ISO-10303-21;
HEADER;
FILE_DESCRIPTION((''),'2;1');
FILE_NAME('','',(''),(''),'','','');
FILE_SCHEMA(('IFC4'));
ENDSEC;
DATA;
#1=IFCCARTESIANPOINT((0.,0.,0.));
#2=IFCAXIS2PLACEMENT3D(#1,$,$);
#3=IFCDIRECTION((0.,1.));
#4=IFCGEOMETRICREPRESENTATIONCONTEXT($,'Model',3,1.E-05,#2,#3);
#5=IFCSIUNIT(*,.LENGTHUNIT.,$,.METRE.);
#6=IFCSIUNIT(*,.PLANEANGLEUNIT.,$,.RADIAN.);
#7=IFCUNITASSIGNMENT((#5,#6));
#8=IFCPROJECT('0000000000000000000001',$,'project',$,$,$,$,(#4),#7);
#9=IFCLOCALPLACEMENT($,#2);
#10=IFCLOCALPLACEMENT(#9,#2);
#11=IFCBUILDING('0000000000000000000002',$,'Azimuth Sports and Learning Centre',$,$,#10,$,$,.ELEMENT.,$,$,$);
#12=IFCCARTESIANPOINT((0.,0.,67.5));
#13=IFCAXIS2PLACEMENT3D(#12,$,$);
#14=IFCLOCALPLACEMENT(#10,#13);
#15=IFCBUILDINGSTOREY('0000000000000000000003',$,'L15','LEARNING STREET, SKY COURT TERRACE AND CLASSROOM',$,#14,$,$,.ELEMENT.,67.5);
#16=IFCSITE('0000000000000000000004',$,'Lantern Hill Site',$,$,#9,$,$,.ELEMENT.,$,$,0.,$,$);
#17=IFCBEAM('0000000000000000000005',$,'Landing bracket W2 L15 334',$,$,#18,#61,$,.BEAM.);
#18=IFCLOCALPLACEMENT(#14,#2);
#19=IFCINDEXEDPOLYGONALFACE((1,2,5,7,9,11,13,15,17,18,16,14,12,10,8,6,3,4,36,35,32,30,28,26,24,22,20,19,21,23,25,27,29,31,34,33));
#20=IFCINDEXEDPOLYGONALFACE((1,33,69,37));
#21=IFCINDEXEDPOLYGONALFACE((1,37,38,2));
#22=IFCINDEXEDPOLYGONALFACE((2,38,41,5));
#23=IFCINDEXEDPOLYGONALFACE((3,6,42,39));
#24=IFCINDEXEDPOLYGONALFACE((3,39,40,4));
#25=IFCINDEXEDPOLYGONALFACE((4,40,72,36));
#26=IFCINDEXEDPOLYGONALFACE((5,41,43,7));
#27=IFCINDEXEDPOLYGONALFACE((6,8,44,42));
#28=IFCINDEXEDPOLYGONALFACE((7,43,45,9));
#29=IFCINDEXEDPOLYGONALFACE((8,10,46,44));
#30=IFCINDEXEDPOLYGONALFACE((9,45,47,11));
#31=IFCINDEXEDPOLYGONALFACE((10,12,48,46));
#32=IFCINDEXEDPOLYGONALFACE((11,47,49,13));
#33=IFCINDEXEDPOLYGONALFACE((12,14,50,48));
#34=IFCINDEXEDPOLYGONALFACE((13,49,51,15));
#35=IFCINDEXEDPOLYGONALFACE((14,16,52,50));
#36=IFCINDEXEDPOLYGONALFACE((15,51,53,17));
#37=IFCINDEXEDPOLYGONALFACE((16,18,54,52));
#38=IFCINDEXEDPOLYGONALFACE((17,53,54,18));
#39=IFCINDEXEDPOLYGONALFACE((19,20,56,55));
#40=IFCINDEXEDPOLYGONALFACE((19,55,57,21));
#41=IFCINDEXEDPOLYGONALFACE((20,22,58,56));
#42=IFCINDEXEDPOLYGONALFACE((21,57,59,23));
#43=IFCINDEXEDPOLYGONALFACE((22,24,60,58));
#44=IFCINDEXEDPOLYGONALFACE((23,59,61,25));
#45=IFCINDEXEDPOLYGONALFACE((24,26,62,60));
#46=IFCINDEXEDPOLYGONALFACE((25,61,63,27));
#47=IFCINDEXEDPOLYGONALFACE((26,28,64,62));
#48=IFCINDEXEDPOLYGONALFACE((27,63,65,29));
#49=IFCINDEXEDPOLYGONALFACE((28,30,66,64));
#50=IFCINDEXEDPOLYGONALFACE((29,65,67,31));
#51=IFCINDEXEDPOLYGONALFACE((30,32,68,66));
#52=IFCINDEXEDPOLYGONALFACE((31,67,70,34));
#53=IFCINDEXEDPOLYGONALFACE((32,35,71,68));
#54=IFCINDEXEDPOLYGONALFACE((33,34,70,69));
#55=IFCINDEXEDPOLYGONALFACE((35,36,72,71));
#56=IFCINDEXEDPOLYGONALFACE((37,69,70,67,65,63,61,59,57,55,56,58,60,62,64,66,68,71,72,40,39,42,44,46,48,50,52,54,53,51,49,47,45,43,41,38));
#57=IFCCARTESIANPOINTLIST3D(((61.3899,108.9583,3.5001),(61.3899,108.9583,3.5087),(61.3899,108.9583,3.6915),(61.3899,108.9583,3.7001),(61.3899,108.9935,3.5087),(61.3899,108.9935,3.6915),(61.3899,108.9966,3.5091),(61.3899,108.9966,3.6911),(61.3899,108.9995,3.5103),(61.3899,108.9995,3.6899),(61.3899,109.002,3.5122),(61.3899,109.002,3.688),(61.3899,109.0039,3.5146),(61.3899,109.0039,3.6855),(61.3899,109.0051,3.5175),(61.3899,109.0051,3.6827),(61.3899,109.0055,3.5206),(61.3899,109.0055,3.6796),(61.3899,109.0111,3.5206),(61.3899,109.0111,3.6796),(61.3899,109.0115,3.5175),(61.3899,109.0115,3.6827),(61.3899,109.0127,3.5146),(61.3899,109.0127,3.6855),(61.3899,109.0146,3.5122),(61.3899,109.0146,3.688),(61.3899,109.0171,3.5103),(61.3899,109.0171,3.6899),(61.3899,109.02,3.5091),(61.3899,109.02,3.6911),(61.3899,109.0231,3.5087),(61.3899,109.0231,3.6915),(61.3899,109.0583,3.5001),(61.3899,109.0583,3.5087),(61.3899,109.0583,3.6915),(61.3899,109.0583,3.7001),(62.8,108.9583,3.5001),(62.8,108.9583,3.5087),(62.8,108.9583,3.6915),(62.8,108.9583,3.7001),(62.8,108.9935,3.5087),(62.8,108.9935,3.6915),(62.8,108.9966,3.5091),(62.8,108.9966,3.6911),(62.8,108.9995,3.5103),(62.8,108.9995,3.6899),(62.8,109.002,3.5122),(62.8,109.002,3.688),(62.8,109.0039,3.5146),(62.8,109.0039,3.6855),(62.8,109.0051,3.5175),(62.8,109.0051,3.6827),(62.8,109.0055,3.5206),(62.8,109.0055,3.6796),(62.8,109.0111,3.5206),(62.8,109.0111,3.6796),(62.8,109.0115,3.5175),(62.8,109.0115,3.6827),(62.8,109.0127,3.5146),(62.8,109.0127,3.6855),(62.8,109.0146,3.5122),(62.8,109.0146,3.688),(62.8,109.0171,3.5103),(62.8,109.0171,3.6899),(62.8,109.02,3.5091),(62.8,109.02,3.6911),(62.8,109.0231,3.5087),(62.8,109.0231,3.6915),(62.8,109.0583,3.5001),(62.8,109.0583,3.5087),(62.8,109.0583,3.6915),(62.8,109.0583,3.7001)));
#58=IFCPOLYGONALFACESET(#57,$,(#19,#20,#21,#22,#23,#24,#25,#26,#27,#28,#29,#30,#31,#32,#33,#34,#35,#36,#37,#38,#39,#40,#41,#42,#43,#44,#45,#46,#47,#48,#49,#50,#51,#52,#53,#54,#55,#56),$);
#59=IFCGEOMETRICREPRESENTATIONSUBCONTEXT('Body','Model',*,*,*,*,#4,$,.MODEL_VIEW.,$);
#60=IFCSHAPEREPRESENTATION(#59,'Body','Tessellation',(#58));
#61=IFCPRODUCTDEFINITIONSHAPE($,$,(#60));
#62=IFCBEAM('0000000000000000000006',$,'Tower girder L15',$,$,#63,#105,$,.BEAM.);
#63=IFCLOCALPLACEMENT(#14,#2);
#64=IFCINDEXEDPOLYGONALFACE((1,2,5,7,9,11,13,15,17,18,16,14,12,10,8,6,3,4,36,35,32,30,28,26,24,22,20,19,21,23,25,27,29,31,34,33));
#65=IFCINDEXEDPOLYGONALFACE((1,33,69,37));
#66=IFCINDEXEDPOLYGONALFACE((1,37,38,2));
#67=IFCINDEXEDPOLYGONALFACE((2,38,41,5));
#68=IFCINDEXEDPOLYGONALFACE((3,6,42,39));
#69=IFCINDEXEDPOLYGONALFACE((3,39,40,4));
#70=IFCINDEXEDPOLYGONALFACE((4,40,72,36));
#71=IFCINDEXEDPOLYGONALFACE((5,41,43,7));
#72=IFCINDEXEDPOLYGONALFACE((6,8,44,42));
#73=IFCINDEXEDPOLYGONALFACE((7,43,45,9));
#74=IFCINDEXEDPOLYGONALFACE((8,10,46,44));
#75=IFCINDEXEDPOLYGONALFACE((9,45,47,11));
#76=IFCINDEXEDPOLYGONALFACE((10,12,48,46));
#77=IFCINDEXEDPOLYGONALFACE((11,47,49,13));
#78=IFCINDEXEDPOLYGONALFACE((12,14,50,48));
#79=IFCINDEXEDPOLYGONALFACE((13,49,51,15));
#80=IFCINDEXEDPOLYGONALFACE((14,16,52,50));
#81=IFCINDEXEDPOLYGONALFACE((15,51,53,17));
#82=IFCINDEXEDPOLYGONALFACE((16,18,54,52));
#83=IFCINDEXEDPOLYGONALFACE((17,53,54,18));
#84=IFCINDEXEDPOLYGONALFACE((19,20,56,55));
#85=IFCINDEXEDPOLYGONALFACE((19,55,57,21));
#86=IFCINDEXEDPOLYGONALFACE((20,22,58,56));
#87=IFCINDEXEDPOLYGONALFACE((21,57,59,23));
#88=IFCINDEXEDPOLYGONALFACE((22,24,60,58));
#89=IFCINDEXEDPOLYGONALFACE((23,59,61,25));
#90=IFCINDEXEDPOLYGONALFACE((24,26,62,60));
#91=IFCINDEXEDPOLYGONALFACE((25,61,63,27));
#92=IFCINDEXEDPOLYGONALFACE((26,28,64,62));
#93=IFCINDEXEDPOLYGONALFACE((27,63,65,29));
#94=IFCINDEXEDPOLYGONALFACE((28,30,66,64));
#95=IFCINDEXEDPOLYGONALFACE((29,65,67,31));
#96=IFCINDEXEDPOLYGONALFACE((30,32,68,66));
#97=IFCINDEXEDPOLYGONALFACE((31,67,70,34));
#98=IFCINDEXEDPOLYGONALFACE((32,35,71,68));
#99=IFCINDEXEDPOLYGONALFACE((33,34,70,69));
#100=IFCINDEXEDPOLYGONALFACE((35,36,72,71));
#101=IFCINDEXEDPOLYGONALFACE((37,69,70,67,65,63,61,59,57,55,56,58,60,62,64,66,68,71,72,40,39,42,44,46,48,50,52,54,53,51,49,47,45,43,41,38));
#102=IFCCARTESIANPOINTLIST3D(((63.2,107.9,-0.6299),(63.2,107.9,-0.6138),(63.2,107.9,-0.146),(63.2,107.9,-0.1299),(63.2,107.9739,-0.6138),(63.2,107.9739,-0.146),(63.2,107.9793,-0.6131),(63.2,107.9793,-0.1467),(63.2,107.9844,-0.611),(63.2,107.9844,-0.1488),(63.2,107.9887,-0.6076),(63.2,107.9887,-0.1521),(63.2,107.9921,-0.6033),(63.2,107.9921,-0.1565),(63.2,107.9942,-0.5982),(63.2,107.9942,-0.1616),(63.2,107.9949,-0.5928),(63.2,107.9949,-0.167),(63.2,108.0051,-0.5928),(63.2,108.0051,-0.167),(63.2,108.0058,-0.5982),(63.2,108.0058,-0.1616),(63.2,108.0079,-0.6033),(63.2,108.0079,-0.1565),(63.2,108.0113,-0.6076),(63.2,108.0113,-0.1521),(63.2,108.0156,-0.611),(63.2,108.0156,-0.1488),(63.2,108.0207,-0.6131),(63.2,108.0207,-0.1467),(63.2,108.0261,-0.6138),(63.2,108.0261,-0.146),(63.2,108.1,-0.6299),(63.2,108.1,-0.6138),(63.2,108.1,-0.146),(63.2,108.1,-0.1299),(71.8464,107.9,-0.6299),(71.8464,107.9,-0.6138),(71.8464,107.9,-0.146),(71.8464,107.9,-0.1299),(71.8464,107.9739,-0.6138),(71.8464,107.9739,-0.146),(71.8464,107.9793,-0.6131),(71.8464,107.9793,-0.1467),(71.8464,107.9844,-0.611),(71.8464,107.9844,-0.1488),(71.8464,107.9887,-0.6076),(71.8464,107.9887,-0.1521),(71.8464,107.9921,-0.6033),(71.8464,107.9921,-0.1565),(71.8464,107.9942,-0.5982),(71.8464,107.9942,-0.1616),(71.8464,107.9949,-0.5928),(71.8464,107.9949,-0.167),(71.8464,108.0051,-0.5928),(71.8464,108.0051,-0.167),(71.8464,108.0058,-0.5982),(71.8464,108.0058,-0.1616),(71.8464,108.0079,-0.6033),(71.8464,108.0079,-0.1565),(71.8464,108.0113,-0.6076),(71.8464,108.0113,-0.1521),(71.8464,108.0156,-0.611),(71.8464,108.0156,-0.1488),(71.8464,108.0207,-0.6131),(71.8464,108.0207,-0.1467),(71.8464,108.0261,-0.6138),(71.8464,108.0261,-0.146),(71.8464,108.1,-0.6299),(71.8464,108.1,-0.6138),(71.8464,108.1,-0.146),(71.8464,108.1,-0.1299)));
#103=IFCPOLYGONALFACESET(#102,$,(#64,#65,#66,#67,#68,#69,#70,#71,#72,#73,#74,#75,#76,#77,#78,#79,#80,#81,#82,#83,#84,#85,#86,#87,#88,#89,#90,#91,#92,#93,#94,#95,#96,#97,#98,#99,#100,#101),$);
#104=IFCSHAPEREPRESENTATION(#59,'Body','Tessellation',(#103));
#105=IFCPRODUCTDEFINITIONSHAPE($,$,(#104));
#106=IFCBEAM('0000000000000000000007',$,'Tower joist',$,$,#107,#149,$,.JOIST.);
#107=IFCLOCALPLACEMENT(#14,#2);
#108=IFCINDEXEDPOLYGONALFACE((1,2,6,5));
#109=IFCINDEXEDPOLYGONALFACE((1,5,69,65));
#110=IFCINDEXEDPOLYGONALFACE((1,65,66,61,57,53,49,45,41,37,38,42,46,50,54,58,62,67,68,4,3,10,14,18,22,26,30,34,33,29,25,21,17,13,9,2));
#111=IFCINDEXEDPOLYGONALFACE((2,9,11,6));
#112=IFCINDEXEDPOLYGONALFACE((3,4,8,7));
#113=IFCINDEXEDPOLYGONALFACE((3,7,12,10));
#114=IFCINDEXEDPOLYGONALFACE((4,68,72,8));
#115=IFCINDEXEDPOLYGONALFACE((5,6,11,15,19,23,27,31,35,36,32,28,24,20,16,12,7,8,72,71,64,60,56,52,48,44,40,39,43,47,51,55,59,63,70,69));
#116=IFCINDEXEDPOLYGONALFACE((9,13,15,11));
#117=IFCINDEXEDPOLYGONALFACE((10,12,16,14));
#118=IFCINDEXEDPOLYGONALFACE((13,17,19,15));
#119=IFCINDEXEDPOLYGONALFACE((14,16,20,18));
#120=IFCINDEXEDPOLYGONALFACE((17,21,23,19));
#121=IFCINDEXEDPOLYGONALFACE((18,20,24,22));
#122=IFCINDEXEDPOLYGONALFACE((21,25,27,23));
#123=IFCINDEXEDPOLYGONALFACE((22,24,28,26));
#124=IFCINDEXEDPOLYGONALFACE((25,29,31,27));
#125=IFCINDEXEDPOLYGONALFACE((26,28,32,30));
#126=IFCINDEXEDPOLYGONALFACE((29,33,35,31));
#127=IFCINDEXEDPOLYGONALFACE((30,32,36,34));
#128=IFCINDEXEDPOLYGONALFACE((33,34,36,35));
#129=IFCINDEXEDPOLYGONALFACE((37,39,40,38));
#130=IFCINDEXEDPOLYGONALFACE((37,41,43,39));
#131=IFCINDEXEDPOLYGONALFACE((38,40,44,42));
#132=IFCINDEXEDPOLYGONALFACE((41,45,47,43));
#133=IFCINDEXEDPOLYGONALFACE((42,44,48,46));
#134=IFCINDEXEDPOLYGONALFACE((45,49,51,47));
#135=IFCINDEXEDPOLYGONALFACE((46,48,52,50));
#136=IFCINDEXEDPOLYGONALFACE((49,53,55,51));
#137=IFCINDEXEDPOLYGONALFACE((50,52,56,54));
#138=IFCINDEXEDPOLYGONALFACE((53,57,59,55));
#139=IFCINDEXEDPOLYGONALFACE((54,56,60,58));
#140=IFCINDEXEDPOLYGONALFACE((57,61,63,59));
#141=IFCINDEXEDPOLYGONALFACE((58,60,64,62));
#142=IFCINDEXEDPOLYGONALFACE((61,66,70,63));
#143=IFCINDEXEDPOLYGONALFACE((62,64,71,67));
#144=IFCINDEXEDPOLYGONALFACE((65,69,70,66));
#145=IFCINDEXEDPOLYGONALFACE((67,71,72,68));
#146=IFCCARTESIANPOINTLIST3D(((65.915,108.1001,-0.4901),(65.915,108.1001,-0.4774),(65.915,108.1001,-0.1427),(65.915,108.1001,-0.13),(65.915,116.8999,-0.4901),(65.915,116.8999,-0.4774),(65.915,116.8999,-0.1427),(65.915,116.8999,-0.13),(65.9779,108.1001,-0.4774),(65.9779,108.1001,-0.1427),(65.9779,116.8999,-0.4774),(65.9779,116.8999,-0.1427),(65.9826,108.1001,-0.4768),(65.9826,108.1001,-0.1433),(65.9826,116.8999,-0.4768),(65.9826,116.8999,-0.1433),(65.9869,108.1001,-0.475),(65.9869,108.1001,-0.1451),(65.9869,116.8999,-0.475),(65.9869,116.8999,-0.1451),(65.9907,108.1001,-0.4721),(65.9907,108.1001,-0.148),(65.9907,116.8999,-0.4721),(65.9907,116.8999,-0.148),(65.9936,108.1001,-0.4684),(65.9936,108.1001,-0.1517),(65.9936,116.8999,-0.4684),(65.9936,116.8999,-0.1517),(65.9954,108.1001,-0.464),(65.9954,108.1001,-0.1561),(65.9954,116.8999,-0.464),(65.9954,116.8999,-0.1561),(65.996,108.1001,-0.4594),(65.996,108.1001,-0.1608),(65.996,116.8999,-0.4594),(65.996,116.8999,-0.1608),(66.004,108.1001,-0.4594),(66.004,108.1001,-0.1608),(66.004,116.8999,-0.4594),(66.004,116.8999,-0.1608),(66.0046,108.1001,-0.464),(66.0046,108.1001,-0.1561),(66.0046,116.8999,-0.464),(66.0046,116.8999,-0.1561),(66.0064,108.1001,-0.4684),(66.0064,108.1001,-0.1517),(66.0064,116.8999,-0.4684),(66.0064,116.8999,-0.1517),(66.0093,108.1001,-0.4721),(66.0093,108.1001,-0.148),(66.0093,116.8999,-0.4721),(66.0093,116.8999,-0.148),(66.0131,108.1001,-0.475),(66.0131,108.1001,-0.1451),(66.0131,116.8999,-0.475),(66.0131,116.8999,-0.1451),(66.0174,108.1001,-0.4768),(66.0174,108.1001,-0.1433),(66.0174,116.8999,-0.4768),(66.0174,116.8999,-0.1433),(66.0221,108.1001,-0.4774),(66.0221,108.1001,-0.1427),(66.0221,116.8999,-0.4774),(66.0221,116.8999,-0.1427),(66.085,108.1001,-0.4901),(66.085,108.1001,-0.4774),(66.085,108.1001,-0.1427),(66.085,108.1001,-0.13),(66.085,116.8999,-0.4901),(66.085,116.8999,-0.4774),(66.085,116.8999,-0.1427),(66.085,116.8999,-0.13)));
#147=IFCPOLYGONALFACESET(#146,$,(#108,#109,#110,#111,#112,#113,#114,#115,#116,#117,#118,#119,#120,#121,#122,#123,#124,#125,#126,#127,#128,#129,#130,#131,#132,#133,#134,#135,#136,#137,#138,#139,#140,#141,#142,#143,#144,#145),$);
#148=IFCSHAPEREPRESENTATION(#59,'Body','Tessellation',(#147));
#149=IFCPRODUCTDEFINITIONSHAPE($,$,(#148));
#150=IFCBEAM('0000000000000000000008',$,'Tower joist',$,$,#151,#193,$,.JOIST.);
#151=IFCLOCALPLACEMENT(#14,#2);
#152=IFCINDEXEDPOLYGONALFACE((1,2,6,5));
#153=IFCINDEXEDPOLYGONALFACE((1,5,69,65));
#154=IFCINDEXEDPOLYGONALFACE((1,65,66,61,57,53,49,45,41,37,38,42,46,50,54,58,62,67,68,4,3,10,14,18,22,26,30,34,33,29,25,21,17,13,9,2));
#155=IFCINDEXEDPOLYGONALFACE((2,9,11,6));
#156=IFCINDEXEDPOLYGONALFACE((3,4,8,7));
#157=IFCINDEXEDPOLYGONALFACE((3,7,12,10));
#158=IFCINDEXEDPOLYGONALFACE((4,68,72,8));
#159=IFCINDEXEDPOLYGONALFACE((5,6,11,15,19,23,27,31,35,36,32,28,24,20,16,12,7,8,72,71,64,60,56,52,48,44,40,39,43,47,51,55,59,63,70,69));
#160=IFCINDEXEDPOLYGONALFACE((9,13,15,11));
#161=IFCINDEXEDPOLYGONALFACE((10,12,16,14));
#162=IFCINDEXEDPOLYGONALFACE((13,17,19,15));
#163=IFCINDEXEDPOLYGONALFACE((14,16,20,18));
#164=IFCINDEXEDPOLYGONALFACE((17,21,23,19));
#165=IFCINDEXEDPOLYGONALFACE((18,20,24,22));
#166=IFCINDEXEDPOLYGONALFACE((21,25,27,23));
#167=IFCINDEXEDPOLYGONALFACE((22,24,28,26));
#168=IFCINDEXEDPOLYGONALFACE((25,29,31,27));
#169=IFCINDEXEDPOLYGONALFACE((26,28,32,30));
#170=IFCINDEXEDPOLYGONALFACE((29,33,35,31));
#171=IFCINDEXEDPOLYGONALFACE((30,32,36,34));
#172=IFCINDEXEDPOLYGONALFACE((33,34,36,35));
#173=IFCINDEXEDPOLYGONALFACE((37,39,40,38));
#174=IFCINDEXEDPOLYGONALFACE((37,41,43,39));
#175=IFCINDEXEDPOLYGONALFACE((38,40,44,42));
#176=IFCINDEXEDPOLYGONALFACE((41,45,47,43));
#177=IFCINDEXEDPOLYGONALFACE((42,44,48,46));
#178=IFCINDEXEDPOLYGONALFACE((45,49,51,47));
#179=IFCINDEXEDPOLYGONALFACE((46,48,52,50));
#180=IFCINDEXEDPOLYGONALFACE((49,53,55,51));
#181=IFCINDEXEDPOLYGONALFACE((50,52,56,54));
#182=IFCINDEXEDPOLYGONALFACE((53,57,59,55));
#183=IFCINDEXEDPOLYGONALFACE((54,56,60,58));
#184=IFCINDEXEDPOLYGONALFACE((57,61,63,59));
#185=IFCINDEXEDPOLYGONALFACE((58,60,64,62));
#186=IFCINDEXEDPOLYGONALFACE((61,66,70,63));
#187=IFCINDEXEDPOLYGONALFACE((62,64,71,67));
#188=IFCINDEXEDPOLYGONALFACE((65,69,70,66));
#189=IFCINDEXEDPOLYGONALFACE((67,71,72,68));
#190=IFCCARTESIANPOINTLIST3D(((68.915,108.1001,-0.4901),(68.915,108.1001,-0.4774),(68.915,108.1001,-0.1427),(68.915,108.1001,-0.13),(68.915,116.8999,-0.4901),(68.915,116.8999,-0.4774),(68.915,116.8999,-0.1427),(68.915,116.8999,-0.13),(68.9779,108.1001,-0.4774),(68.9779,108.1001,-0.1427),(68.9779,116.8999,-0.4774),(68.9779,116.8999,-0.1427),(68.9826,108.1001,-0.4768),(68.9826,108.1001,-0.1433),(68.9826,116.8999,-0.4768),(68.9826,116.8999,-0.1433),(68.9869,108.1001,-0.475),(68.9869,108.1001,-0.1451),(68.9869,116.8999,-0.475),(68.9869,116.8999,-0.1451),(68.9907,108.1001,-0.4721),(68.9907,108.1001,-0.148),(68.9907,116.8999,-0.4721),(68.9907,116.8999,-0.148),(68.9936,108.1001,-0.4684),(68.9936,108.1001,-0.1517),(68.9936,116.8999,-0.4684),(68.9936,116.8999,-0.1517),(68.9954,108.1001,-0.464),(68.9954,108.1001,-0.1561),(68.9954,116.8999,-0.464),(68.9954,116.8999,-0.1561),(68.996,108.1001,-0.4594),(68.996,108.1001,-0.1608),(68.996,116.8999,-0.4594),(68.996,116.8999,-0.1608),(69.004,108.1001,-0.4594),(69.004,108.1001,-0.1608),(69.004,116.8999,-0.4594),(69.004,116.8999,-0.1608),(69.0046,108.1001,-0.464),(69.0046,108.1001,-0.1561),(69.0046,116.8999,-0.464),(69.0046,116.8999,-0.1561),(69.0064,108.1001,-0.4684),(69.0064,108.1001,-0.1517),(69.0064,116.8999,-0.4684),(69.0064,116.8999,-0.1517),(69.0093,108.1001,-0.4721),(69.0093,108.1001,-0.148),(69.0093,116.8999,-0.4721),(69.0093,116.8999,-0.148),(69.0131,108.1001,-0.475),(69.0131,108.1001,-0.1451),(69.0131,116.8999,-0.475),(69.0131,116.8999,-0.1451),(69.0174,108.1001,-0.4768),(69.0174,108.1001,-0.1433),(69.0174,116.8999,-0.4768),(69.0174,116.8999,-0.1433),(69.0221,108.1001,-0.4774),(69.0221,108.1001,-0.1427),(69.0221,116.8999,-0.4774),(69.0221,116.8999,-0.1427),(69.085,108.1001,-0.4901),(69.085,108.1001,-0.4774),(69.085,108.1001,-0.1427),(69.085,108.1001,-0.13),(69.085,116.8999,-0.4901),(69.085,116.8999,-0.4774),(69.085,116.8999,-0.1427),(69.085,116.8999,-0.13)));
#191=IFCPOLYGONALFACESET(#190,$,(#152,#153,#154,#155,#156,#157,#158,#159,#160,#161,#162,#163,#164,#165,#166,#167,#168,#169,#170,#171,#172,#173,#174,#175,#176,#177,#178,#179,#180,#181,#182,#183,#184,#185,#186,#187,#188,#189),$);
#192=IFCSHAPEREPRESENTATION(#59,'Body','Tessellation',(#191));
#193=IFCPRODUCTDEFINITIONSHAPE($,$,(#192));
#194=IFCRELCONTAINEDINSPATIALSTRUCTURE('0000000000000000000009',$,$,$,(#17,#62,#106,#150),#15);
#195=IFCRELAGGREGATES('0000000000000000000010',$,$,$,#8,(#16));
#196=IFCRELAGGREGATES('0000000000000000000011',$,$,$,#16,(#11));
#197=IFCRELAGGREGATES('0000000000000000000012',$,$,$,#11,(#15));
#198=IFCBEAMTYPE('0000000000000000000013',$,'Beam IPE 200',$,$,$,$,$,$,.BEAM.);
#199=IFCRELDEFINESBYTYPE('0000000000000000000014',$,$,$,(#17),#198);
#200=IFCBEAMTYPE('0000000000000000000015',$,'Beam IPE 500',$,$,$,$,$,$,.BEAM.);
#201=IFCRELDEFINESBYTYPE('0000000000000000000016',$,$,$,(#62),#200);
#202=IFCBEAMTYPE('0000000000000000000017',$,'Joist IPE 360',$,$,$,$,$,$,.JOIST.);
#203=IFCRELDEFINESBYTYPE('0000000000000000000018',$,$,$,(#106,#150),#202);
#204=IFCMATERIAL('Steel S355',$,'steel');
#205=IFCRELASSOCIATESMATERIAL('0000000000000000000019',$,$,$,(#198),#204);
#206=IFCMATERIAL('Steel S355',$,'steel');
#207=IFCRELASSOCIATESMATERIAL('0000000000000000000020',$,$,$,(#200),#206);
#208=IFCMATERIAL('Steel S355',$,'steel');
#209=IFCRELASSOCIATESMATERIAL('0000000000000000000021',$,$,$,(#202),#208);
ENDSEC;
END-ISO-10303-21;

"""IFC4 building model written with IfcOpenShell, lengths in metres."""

from ifc_helpers import new_model, si_unit, direction, frame, origin, origin_2d, place, context, subcontext, project, spatial, i_section, extrude, material, material_profile, profile_set, type_object, element, save


model = new_model("IFC4")

# Units and contexts
model_context = context("Model", 3, precision=1e-05, world=origin(), true_north=direction((0.0, 1.0)))
body_context = subcontext(model_context, "Body", "Model", "MODEL_VIEW")
ifc_project = project(units=[si_unit("LENGTHUNIT", "METRE"), si_unit("PLANEANGLEUNIT", "RADIAN")], contexts=[model_context])

# Site, building, storey
site_placement = place(None, origin())
site = spatial("IfcSite", under=ifc_project, at=site_placement, Name="Lantern Hill Site", CompositionType="ELEMENT", RefElevation=0.0)
building_placement = place(site_placement, origin())
building = spatial("IfcBuilding", under=site, at=building_placement, Name="Azimuth Sports and Learning Centre", CompositionType="ELEMENT")
storey_placement = place(building_placement, frame((0.0, 0.0, 67.5)))
storey = spatial("IfcBuildingStorey", under=building, at=storey_placement, Name="L15", Description="LEARNING STREET, SKY COURT TERRACE AND CLASSROOM", CompositionType="ELEMENT", Elevation=67.5)

# Beams
ifc_material_1 = material(Name="Steel S355", Category="steel")
ifc_material_profile_1 = material_profile(ifc_material_1, i_section(OverallWidth=0.1001, OverallDepth=0.2, WebThickness=0.0056, FlangeThickness=0.0085, FilletRadius=0.012, at=origin_2d()), Name="IPE 200")
ifc_profile_set_1 = profile_set([ifc_material_profile_1], Name="Steel S355")
beam_type_1 = type_object("IfcBeamType", Name="Beam IPE 200", PredefinedType="BEAM", material=ifc_profile_set_1)
beam_1_placement = place(storey_placement, frame((62.8, 109.0083, 3.6001), z_axis=(-1.0, 0.0, 0.0), x_axis=(0.0, -1.0, 0.0)))
element("IfcBeam", 1, at=beam_1_placement, inside=storey, type_object=beam_type_1, Name="Landing bracket W2 L15 334", PredefinedType="BEAM", context=body_context, shape_type="SweptSolid", body=[
    extrude(i_section(OverallWidth=0.1001, OverallDepth=0.2, WebThickness=0.0056, FlangeThickness=0.0085, FilletRadius=0.012, at=origin_2d()), origin(), (0.0, 0.0, 1.0), 1.4102),
])
ifc_material_2 = material(Name="Steel S355", Category="steel")
ifc_material_profile_2 = material_profile(ifc_material_2, i_section(OverallWidth=0.2, OverallDepth=0.5, WebThickness=0.0103, FlangeThickness=0.0161, FilletRadius=0.021, at=origin_2d()), Name="IPE 500")
ifc_profile_set_2 = profile_set([ifc_material_profile_2], Name="Steel S355")
beam_type_2 = type_object("IfcBeamType", Name="Beam IPE 500", PredefinedType="BEAM", material=ifc_profile_set_2)
beam_2_placement = place(storey_placement, frame((63.2, 108.0, -0.3799), z_axis=(1.0, 0.0, 0.0), x_axis=(0.0, 1.0, 0.0)))
element("IfcBeam", 2, at=beam_2_placement, inside=storey, type_object=beam_type_2, Name="Tower girder L15", PredefinedType="BEAM", context=body_context, shape_type="SweptSolid", body=[
    extrude(i_section(OverallWidth=0.2, OverallDepth=0.5, WebThickness=0.0103, FlangeThickness=0.0161, FilletRadius=0.021, at=origin_2d()), origin(), (0.0, 0.0, 1.0), 8.6465),
])
ifc_material_3 = material(Name="Steel S355", Category="steel")
ifc_material_profile_3 = material_profile(ifc_material_3, i_section(OverallWidth=0.1699, OverallDepth=0.3601, WebThickness=0.0081, FlangeThickness=0.0127, FilletRadius=0.0181, at=origin_2d()), Name="IPE 360")
ifc_profile_set_3 = profile_set([ifc_material_profile_3], Name="Steel S355")
beam_type_3 = type_object("IfcBeamType", Name="Joist IPE 360", PredefinedType="JOIST", material=ifc_profile_set_3)
for number, where, z_axis, x_axis, name in (
    (3, (66.0, 108.1001, -0.3101), (0.0, 1.0, 0.0), (-1.0, 0.0, 0.0), "Tower joist"),
    (4, (69.0, 108.1001, -0.3101), (0.0, 1.0, 0.0), (-1.0, 0.0, 0.0), "Tower joist"),
):
    element("IfcBeam", number, at=place(storey_placement, frame(where, z_axis=z_axis, x_axis=x_axis)), inside=storey, type_object=beam_type_3, Name=name, PredefinedType="JOIST", context=body_context, shape_type="SweptSolid", body=[
        extrude(i_section(OverallWidth=0.1699, OverallDepth=0.3601, WebThickness=0.0081, FlangeThickness=0.0127, FilletRadius=0.0181, at=origin_2d()), origin(), (0.0, 0.0, 1.0), 8.7998),
    ])

save(model, "model.ifc")
